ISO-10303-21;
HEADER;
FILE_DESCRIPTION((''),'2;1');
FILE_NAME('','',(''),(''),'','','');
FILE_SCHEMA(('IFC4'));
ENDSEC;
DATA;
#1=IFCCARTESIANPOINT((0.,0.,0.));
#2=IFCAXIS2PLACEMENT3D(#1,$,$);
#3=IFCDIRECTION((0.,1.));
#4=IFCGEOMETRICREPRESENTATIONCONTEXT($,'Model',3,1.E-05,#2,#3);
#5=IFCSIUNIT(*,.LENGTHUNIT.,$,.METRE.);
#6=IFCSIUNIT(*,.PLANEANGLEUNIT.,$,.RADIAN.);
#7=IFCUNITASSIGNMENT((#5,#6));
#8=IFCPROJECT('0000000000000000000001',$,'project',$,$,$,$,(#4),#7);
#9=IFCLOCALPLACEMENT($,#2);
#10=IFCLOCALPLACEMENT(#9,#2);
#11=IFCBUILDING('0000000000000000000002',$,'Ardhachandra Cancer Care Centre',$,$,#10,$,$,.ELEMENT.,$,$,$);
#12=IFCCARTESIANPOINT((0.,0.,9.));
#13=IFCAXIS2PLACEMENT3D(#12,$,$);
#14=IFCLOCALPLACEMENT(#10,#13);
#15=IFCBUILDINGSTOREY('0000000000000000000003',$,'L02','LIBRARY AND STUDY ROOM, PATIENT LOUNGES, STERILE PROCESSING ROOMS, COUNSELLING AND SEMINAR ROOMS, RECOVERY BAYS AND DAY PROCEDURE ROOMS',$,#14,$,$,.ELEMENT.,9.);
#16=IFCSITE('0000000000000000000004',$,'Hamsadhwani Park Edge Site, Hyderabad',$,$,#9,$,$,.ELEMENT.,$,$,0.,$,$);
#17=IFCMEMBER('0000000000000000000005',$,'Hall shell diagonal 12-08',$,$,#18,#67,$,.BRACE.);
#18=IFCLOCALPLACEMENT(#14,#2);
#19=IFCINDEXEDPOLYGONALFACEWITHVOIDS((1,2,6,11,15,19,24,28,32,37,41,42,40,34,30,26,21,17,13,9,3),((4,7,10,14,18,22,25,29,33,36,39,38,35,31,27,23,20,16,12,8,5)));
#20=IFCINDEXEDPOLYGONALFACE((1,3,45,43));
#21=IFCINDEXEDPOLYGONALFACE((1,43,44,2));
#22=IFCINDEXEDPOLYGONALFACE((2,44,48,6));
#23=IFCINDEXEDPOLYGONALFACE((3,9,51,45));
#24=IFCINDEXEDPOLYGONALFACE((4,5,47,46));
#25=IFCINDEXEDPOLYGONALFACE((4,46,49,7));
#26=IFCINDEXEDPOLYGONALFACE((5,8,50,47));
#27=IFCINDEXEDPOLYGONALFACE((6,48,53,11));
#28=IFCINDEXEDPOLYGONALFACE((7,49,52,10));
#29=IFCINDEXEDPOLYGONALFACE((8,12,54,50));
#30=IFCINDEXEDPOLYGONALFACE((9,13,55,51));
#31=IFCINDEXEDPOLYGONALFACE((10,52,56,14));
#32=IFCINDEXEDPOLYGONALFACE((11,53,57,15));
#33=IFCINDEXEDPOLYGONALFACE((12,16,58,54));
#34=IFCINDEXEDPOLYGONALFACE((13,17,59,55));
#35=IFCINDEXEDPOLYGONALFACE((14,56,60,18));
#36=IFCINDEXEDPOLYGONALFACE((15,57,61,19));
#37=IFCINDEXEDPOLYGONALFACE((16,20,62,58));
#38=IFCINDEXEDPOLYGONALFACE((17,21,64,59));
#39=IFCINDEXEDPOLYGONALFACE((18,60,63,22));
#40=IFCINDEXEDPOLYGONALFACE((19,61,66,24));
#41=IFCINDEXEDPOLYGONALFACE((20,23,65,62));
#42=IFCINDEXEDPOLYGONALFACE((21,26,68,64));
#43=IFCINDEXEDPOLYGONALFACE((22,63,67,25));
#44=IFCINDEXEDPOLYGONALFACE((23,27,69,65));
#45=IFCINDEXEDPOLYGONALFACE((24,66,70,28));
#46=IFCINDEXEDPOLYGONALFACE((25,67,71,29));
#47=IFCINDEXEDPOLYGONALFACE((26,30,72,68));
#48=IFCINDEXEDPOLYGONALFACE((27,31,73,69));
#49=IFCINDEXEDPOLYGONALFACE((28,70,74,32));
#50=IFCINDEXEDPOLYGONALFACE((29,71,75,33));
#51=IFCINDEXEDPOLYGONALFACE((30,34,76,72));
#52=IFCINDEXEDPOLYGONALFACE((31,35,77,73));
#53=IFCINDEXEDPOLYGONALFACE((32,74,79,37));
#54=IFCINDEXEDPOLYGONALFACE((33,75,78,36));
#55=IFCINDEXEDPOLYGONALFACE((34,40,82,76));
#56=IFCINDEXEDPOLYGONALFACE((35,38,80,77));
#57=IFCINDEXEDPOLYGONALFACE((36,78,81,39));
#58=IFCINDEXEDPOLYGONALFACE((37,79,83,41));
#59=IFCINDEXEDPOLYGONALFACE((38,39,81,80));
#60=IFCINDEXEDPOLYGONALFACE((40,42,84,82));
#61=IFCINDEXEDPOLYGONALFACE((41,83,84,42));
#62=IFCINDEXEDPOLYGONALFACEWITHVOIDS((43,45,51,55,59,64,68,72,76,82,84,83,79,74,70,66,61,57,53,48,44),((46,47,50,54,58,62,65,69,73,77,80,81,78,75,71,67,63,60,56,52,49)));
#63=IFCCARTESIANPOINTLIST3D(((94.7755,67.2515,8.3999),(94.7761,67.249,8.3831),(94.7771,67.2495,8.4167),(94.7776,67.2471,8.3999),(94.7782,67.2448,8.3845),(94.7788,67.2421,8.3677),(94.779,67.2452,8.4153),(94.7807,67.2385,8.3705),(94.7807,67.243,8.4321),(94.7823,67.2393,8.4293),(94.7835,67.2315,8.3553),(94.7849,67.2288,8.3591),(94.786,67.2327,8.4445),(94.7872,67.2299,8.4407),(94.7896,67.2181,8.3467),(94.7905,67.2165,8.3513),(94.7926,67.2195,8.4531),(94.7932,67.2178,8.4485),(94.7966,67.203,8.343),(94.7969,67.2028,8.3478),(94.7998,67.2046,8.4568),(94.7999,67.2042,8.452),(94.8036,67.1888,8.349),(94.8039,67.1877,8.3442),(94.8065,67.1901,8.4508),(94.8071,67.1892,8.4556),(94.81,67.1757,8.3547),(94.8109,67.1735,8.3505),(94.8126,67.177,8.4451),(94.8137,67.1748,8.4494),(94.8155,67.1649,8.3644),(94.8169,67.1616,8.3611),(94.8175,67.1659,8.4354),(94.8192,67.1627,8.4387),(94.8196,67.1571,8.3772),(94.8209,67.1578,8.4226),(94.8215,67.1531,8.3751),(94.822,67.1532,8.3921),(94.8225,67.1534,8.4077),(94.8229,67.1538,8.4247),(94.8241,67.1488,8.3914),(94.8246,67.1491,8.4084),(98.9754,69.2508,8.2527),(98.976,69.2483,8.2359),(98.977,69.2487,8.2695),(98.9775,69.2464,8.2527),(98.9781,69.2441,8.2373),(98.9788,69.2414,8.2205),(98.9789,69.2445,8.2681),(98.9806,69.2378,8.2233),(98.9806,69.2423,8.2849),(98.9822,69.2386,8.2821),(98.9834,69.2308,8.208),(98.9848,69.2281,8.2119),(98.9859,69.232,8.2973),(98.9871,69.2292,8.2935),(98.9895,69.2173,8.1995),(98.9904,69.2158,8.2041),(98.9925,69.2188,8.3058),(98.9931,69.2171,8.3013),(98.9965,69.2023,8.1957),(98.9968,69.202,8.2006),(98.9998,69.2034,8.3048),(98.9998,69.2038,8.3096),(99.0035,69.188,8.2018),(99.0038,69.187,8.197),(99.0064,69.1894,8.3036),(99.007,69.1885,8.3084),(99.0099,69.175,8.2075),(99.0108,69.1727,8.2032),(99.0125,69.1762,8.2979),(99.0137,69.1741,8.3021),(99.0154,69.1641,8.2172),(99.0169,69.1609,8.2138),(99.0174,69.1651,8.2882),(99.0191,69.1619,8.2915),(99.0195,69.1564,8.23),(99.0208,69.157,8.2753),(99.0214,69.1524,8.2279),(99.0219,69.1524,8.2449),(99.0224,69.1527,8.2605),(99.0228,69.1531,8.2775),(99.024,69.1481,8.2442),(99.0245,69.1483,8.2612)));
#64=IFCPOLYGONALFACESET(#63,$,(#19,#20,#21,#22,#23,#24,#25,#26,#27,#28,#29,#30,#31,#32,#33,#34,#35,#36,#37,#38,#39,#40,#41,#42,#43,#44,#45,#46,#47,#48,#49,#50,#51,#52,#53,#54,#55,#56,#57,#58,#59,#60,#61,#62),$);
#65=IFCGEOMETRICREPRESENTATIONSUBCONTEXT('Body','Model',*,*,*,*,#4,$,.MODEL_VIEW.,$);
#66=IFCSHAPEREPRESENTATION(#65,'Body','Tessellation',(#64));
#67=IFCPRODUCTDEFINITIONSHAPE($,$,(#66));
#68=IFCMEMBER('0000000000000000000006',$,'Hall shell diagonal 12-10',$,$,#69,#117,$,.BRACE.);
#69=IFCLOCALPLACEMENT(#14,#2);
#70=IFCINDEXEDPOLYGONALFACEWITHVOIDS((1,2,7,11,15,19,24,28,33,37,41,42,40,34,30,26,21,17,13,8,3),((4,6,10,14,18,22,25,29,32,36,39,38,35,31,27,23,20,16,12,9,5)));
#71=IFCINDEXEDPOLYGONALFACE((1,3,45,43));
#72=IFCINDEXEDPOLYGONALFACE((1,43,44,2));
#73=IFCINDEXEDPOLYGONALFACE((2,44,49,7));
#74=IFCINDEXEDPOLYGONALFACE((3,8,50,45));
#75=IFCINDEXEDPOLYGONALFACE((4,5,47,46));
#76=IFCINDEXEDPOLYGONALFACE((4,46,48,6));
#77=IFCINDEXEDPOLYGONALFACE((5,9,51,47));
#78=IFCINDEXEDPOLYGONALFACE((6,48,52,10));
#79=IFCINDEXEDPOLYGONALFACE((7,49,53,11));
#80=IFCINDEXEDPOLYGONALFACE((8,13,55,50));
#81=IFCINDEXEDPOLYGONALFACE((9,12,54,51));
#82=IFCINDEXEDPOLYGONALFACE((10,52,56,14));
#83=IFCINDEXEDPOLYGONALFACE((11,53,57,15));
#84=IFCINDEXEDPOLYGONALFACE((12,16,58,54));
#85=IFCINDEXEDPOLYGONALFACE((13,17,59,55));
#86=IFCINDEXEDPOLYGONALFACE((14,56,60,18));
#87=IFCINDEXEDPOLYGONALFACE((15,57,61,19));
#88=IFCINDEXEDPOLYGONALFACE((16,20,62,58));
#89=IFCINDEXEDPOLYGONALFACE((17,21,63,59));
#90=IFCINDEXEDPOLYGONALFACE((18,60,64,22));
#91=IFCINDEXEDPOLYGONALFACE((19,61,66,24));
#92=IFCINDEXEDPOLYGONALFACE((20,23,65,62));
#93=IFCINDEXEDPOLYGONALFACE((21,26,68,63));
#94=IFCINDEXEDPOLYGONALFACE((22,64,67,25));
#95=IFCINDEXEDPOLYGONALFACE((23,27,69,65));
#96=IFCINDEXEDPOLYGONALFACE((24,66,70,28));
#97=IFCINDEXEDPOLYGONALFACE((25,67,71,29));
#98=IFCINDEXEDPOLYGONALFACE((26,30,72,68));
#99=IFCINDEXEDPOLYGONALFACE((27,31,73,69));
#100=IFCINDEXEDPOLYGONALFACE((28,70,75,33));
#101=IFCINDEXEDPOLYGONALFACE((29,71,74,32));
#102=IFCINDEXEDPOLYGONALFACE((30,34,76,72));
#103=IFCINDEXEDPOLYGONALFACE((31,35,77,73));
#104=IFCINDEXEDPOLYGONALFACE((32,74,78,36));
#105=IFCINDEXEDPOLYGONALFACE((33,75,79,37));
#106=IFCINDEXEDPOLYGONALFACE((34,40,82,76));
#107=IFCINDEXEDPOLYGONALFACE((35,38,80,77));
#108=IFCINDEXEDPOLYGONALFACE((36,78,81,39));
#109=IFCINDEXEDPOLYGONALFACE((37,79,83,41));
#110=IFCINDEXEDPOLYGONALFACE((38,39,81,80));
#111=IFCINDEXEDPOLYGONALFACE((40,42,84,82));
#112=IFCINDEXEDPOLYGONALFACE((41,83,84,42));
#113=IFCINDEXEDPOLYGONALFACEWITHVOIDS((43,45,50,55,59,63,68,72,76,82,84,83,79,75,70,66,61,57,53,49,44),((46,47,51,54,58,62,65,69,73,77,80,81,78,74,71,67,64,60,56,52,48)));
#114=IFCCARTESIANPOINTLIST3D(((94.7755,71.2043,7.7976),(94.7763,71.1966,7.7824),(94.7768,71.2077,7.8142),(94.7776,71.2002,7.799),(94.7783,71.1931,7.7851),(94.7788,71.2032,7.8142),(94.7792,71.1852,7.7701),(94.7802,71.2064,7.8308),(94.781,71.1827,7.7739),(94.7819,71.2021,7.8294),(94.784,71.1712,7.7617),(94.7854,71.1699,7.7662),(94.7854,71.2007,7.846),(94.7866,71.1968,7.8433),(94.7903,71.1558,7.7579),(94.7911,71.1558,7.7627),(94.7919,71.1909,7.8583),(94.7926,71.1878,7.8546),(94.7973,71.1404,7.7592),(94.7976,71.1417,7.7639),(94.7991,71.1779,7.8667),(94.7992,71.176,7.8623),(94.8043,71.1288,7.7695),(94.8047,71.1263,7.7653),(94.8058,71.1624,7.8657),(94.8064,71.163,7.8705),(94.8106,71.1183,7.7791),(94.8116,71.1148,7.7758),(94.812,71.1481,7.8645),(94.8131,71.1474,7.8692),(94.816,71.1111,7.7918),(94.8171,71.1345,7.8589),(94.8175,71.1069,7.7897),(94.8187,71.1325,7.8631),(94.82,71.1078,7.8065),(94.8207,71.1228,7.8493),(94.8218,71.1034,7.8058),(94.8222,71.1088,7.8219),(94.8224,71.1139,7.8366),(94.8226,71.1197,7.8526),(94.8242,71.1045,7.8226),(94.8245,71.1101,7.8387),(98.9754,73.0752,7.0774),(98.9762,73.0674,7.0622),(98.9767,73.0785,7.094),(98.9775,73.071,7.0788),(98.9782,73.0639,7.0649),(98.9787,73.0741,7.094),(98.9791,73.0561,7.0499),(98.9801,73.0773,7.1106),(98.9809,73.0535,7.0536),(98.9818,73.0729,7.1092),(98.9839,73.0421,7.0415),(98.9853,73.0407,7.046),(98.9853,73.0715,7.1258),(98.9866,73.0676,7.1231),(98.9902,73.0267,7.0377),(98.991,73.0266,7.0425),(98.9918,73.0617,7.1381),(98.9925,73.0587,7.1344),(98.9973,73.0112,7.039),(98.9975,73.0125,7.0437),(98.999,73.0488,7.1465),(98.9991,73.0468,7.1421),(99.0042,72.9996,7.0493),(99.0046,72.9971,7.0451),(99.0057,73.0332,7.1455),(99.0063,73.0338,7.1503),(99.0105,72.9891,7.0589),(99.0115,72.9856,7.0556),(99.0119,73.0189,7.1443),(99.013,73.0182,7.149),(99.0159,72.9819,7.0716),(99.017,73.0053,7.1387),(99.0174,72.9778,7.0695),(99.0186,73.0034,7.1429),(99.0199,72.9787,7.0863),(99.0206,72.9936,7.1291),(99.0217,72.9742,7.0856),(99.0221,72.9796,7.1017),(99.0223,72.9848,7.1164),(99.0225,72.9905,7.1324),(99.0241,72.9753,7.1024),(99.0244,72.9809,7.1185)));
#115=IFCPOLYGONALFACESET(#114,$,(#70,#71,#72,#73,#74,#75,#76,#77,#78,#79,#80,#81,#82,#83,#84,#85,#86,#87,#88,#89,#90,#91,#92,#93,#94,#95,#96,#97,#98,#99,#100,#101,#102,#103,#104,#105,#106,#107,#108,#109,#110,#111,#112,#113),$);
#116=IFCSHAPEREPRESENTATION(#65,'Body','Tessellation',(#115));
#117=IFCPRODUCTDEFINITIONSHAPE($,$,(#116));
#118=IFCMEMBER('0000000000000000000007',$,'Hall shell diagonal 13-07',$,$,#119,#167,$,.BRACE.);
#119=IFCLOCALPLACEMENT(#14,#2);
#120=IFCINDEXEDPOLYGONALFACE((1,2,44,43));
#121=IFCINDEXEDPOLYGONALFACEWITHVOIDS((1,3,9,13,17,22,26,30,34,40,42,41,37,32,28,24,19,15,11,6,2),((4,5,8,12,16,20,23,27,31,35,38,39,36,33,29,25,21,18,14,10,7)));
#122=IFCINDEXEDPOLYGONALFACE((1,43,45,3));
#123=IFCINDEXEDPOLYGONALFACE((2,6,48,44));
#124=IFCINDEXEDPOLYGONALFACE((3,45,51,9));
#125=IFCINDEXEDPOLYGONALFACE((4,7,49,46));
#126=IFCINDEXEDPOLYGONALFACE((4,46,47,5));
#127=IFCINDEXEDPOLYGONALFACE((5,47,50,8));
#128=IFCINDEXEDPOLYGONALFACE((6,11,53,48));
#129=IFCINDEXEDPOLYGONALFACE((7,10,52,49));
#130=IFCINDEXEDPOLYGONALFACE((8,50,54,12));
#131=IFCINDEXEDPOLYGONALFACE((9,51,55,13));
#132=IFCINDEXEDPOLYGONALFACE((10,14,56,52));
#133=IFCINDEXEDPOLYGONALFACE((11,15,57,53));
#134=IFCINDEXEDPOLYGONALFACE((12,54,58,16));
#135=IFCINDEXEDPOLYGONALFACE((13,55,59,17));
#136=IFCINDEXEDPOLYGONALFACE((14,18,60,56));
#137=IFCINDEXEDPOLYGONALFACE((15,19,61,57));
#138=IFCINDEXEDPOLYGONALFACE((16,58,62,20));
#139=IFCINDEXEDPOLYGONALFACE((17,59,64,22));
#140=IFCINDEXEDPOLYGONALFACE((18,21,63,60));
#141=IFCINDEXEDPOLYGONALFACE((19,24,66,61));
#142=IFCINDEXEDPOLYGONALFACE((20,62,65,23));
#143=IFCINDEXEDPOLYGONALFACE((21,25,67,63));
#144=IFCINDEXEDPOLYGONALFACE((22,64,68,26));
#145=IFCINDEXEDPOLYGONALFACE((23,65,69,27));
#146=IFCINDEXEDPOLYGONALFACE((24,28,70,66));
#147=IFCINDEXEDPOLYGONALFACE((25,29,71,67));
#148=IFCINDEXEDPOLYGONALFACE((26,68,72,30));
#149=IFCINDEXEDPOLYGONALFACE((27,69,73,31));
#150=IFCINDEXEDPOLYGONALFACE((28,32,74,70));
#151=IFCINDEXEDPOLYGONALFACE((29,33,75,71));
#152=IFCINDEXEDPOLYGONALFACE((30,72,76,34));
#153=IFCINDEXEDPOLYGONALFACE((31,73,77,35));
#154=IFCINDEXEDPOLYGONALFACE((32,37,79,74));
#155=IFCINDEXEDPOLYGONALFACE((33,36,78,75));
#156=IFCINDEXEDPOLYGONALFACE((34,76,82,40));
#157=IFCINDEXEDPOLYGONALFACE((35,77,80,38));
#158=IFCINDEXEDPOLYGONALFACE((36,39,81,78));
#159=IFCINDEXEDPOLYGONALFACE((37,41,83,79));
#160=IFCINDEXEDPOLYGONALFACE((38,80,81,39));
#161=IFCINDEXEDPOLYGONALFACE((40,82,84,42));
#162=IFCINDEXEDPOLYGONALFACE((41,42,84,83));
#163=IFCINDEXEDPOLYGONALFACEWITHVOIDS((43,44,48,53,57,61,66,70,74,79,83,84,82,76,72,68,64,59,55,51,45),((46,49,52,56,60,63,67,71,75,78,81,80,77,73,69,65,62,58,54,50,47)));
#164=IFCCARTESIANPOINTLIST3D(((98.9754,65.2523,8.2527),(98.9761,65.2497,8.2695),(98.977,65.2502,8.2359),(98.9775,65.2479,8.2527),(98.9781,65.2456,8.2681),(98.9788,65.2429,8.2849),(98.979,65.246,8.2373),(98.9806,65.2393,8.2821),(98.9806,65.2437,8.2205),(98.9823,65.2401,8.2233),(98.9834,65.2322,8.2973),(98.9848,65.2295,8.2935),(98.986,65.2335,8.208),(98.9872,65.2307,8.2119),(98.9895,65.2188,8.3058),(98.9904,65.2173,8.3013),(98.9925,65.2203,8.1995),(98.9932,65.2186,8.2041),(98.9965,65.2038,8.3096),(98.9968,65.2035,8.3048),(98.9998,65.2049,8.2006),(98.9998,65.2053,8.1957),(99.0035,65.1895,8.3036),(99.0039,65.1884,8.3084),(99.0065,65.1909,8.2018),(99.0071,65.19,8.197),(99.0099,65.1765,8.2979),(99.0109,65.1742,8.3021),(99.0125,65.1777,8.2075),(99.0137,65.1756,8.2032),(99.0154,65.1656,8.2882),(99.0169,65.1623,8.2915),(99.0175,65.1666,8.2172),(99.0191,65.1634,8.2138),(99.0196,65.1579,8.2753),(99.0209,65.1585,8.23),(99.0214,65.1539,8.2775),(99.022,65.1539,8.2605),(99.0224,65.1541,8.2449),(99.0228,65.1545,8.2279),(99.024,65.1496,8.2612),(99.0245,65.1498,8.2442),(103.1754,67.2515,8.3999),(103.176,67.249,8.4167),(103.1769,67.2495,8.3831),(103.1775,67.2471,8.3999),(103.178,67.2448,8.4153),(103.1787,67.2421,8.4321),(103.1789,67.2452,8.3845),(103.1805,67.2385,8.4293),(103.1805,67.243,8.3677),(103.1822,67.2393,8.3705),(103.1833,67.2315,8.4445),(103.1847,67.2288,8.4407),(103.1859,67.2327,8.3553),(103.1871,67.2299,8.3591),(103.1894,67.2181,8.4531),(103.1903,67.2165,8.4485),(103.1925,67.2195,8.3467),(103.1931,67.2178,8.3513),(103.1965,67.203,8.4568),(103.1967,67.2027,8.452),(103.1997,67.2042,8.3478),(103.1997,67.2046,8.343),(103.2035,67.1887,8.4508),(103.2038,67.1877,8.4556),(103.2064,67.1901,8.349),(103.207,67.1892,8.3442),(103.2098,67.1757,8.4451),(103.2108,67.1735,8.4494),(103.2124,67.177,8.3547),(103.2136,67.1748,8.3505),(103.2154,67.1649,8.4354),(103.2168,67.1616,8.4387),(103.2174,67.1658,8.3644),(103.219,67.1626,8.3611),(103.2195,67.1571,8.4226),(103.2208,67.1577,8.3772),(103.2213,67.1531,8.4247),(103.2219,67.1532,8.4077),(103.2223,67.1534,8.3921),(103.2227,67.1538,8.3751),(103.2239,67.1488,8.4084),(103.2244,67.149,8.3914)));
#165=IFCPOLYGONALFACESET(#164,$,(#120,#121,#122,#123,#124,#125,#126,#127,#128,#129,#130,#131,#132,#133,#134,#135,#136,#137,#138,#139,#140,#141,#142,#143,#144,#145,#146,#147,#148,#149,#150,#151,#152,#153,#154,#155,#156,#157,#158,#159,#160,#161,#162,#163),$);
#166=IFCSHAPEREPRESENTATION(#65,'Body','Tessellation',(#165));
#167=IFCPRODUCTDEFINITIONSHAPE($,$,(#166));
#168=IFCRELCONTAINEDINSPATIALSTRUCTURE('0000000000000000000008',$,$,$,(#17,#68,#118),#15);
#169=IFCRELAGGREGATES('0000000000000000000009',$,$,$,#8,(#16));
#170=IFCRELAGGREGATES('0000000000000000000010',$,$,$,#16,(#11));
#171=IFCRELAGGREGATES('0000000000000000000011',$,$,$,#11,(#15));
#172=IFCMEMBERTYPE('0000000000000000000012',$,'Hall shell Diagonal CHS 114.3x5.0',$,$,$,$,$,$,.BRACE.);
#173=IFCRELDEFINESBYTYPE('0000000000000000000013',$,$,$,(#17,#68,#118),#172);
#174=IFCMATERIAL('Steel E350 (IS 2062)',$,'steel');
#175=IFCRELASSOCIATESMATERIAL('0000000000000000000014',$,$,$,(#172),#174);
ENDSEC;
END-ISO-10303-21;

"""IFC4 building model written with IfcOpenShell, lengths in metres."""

from ifc_helpers import new_model, si_unit, direction, frame, origin, origin_2d, place, context, subcontext, project, spatial, hollow_circle, extrude, material, material_profile, profile_set, type_object, element, save


model = new_model("IFC4")

# Units and contexts
model_context = context("Model", 3, precision=1e-05, world=origin(), true_north=direction((0.0, 1.0)))
body_context = subcontext(model_context, "Body", "Model", "MODEL_VIEW")
ifc_project = project(units=[si_unit("LENGTHUNIT", "METRE"), si_unit("PLANEANGLEUNIT", "RADIAN")], contexts=[model_context])

# Site, building, storey
site_placement = place(None, origin())
site = spatial("IfcSite", under=ifc_project, at=site_placement, Name="Hamsadhwani Park Edge Site, Hyderabad", CompositionType="ELEMENT", RefElevation=0.0)
building_placement = place(site_placement, origin())
building = spatial("IfcBuilding", under=site, at=building_placement, Name="Ardhachandra Cancer Care Centre", CompositionType="ELEMENT")
storey_placement = place(building_placement, frame((0.0, 0.0, 9.0)))
storey = spatial("IfcBuildingStorey", under=building, at=storey_placement, Name="L02", Description="LIBRARY AND STUDY ROOM, PATIENT LOUNGES, STERILE PROCESSING ROOMS, COUNSELLING AND SEMINAR ROOMS, RECOVERY BAYS AND DAY PROCEDURE ROOMS", CompositionType="ELEMENT", Elevation=9.0)

# Members
ifc_material_1 = material(Name="Steel E350 (IS 2062)", Category="steel")
ifc_material_profile_1 = material_profile(ifc_material_1, hollow_circle(Radius=0.0571, WallThickness=0.0049, at=origin_2d()), Name="CHS 114.3x5.0")
ifc_profile_set_1 = profile_set([ifc_material_profile_1], Name="Steel E350 (IS 2062)")
member_type_1 = type_object("IfcMemberType", Name="Hall shell Diagonal CHS 114.3x5.0", PredefinedType="BRACE", material=ifc_profile_set_1)
for number, where, z_axis, x_axis, name in (
    (1, (94.8, 67.2, 8.3999), (0.902468, 0.429594, -0.031633), (-0.429809, 0.90292, 0.0), "Hall shell diagonal 12-08"),
    (2, (94.8, 71.1555, 7.8142), (0.902467, 0.402, -0.154757), (-0.406902, 0.913472, 0.0), "Hall shell diagonal 12-10"),
    (3, (99.0, 65.2007, 8.2527), (0.902468, 0.429594, 0.031633), (-0.429809, 0.90292, 0.0), "Hall shell diagonal 13-07"),
):
    element("IfcMember", number, at=place(storey_placement, frame(where, z_axis=z_axis, x_axis=x_axis)), inside=storey, type_object=member_type_1, Name=name, PredefinedType="BRACE", context=body_context, shape_type="SweptSolid", body=[
        extrude(hollow_circle(Radius=0.0571, WallThickness=0.0049, at=origin_2d()), origin(), (0.0, 0.0, 1.0), 4.6538),
    ])

save(model, "model.ifc")
